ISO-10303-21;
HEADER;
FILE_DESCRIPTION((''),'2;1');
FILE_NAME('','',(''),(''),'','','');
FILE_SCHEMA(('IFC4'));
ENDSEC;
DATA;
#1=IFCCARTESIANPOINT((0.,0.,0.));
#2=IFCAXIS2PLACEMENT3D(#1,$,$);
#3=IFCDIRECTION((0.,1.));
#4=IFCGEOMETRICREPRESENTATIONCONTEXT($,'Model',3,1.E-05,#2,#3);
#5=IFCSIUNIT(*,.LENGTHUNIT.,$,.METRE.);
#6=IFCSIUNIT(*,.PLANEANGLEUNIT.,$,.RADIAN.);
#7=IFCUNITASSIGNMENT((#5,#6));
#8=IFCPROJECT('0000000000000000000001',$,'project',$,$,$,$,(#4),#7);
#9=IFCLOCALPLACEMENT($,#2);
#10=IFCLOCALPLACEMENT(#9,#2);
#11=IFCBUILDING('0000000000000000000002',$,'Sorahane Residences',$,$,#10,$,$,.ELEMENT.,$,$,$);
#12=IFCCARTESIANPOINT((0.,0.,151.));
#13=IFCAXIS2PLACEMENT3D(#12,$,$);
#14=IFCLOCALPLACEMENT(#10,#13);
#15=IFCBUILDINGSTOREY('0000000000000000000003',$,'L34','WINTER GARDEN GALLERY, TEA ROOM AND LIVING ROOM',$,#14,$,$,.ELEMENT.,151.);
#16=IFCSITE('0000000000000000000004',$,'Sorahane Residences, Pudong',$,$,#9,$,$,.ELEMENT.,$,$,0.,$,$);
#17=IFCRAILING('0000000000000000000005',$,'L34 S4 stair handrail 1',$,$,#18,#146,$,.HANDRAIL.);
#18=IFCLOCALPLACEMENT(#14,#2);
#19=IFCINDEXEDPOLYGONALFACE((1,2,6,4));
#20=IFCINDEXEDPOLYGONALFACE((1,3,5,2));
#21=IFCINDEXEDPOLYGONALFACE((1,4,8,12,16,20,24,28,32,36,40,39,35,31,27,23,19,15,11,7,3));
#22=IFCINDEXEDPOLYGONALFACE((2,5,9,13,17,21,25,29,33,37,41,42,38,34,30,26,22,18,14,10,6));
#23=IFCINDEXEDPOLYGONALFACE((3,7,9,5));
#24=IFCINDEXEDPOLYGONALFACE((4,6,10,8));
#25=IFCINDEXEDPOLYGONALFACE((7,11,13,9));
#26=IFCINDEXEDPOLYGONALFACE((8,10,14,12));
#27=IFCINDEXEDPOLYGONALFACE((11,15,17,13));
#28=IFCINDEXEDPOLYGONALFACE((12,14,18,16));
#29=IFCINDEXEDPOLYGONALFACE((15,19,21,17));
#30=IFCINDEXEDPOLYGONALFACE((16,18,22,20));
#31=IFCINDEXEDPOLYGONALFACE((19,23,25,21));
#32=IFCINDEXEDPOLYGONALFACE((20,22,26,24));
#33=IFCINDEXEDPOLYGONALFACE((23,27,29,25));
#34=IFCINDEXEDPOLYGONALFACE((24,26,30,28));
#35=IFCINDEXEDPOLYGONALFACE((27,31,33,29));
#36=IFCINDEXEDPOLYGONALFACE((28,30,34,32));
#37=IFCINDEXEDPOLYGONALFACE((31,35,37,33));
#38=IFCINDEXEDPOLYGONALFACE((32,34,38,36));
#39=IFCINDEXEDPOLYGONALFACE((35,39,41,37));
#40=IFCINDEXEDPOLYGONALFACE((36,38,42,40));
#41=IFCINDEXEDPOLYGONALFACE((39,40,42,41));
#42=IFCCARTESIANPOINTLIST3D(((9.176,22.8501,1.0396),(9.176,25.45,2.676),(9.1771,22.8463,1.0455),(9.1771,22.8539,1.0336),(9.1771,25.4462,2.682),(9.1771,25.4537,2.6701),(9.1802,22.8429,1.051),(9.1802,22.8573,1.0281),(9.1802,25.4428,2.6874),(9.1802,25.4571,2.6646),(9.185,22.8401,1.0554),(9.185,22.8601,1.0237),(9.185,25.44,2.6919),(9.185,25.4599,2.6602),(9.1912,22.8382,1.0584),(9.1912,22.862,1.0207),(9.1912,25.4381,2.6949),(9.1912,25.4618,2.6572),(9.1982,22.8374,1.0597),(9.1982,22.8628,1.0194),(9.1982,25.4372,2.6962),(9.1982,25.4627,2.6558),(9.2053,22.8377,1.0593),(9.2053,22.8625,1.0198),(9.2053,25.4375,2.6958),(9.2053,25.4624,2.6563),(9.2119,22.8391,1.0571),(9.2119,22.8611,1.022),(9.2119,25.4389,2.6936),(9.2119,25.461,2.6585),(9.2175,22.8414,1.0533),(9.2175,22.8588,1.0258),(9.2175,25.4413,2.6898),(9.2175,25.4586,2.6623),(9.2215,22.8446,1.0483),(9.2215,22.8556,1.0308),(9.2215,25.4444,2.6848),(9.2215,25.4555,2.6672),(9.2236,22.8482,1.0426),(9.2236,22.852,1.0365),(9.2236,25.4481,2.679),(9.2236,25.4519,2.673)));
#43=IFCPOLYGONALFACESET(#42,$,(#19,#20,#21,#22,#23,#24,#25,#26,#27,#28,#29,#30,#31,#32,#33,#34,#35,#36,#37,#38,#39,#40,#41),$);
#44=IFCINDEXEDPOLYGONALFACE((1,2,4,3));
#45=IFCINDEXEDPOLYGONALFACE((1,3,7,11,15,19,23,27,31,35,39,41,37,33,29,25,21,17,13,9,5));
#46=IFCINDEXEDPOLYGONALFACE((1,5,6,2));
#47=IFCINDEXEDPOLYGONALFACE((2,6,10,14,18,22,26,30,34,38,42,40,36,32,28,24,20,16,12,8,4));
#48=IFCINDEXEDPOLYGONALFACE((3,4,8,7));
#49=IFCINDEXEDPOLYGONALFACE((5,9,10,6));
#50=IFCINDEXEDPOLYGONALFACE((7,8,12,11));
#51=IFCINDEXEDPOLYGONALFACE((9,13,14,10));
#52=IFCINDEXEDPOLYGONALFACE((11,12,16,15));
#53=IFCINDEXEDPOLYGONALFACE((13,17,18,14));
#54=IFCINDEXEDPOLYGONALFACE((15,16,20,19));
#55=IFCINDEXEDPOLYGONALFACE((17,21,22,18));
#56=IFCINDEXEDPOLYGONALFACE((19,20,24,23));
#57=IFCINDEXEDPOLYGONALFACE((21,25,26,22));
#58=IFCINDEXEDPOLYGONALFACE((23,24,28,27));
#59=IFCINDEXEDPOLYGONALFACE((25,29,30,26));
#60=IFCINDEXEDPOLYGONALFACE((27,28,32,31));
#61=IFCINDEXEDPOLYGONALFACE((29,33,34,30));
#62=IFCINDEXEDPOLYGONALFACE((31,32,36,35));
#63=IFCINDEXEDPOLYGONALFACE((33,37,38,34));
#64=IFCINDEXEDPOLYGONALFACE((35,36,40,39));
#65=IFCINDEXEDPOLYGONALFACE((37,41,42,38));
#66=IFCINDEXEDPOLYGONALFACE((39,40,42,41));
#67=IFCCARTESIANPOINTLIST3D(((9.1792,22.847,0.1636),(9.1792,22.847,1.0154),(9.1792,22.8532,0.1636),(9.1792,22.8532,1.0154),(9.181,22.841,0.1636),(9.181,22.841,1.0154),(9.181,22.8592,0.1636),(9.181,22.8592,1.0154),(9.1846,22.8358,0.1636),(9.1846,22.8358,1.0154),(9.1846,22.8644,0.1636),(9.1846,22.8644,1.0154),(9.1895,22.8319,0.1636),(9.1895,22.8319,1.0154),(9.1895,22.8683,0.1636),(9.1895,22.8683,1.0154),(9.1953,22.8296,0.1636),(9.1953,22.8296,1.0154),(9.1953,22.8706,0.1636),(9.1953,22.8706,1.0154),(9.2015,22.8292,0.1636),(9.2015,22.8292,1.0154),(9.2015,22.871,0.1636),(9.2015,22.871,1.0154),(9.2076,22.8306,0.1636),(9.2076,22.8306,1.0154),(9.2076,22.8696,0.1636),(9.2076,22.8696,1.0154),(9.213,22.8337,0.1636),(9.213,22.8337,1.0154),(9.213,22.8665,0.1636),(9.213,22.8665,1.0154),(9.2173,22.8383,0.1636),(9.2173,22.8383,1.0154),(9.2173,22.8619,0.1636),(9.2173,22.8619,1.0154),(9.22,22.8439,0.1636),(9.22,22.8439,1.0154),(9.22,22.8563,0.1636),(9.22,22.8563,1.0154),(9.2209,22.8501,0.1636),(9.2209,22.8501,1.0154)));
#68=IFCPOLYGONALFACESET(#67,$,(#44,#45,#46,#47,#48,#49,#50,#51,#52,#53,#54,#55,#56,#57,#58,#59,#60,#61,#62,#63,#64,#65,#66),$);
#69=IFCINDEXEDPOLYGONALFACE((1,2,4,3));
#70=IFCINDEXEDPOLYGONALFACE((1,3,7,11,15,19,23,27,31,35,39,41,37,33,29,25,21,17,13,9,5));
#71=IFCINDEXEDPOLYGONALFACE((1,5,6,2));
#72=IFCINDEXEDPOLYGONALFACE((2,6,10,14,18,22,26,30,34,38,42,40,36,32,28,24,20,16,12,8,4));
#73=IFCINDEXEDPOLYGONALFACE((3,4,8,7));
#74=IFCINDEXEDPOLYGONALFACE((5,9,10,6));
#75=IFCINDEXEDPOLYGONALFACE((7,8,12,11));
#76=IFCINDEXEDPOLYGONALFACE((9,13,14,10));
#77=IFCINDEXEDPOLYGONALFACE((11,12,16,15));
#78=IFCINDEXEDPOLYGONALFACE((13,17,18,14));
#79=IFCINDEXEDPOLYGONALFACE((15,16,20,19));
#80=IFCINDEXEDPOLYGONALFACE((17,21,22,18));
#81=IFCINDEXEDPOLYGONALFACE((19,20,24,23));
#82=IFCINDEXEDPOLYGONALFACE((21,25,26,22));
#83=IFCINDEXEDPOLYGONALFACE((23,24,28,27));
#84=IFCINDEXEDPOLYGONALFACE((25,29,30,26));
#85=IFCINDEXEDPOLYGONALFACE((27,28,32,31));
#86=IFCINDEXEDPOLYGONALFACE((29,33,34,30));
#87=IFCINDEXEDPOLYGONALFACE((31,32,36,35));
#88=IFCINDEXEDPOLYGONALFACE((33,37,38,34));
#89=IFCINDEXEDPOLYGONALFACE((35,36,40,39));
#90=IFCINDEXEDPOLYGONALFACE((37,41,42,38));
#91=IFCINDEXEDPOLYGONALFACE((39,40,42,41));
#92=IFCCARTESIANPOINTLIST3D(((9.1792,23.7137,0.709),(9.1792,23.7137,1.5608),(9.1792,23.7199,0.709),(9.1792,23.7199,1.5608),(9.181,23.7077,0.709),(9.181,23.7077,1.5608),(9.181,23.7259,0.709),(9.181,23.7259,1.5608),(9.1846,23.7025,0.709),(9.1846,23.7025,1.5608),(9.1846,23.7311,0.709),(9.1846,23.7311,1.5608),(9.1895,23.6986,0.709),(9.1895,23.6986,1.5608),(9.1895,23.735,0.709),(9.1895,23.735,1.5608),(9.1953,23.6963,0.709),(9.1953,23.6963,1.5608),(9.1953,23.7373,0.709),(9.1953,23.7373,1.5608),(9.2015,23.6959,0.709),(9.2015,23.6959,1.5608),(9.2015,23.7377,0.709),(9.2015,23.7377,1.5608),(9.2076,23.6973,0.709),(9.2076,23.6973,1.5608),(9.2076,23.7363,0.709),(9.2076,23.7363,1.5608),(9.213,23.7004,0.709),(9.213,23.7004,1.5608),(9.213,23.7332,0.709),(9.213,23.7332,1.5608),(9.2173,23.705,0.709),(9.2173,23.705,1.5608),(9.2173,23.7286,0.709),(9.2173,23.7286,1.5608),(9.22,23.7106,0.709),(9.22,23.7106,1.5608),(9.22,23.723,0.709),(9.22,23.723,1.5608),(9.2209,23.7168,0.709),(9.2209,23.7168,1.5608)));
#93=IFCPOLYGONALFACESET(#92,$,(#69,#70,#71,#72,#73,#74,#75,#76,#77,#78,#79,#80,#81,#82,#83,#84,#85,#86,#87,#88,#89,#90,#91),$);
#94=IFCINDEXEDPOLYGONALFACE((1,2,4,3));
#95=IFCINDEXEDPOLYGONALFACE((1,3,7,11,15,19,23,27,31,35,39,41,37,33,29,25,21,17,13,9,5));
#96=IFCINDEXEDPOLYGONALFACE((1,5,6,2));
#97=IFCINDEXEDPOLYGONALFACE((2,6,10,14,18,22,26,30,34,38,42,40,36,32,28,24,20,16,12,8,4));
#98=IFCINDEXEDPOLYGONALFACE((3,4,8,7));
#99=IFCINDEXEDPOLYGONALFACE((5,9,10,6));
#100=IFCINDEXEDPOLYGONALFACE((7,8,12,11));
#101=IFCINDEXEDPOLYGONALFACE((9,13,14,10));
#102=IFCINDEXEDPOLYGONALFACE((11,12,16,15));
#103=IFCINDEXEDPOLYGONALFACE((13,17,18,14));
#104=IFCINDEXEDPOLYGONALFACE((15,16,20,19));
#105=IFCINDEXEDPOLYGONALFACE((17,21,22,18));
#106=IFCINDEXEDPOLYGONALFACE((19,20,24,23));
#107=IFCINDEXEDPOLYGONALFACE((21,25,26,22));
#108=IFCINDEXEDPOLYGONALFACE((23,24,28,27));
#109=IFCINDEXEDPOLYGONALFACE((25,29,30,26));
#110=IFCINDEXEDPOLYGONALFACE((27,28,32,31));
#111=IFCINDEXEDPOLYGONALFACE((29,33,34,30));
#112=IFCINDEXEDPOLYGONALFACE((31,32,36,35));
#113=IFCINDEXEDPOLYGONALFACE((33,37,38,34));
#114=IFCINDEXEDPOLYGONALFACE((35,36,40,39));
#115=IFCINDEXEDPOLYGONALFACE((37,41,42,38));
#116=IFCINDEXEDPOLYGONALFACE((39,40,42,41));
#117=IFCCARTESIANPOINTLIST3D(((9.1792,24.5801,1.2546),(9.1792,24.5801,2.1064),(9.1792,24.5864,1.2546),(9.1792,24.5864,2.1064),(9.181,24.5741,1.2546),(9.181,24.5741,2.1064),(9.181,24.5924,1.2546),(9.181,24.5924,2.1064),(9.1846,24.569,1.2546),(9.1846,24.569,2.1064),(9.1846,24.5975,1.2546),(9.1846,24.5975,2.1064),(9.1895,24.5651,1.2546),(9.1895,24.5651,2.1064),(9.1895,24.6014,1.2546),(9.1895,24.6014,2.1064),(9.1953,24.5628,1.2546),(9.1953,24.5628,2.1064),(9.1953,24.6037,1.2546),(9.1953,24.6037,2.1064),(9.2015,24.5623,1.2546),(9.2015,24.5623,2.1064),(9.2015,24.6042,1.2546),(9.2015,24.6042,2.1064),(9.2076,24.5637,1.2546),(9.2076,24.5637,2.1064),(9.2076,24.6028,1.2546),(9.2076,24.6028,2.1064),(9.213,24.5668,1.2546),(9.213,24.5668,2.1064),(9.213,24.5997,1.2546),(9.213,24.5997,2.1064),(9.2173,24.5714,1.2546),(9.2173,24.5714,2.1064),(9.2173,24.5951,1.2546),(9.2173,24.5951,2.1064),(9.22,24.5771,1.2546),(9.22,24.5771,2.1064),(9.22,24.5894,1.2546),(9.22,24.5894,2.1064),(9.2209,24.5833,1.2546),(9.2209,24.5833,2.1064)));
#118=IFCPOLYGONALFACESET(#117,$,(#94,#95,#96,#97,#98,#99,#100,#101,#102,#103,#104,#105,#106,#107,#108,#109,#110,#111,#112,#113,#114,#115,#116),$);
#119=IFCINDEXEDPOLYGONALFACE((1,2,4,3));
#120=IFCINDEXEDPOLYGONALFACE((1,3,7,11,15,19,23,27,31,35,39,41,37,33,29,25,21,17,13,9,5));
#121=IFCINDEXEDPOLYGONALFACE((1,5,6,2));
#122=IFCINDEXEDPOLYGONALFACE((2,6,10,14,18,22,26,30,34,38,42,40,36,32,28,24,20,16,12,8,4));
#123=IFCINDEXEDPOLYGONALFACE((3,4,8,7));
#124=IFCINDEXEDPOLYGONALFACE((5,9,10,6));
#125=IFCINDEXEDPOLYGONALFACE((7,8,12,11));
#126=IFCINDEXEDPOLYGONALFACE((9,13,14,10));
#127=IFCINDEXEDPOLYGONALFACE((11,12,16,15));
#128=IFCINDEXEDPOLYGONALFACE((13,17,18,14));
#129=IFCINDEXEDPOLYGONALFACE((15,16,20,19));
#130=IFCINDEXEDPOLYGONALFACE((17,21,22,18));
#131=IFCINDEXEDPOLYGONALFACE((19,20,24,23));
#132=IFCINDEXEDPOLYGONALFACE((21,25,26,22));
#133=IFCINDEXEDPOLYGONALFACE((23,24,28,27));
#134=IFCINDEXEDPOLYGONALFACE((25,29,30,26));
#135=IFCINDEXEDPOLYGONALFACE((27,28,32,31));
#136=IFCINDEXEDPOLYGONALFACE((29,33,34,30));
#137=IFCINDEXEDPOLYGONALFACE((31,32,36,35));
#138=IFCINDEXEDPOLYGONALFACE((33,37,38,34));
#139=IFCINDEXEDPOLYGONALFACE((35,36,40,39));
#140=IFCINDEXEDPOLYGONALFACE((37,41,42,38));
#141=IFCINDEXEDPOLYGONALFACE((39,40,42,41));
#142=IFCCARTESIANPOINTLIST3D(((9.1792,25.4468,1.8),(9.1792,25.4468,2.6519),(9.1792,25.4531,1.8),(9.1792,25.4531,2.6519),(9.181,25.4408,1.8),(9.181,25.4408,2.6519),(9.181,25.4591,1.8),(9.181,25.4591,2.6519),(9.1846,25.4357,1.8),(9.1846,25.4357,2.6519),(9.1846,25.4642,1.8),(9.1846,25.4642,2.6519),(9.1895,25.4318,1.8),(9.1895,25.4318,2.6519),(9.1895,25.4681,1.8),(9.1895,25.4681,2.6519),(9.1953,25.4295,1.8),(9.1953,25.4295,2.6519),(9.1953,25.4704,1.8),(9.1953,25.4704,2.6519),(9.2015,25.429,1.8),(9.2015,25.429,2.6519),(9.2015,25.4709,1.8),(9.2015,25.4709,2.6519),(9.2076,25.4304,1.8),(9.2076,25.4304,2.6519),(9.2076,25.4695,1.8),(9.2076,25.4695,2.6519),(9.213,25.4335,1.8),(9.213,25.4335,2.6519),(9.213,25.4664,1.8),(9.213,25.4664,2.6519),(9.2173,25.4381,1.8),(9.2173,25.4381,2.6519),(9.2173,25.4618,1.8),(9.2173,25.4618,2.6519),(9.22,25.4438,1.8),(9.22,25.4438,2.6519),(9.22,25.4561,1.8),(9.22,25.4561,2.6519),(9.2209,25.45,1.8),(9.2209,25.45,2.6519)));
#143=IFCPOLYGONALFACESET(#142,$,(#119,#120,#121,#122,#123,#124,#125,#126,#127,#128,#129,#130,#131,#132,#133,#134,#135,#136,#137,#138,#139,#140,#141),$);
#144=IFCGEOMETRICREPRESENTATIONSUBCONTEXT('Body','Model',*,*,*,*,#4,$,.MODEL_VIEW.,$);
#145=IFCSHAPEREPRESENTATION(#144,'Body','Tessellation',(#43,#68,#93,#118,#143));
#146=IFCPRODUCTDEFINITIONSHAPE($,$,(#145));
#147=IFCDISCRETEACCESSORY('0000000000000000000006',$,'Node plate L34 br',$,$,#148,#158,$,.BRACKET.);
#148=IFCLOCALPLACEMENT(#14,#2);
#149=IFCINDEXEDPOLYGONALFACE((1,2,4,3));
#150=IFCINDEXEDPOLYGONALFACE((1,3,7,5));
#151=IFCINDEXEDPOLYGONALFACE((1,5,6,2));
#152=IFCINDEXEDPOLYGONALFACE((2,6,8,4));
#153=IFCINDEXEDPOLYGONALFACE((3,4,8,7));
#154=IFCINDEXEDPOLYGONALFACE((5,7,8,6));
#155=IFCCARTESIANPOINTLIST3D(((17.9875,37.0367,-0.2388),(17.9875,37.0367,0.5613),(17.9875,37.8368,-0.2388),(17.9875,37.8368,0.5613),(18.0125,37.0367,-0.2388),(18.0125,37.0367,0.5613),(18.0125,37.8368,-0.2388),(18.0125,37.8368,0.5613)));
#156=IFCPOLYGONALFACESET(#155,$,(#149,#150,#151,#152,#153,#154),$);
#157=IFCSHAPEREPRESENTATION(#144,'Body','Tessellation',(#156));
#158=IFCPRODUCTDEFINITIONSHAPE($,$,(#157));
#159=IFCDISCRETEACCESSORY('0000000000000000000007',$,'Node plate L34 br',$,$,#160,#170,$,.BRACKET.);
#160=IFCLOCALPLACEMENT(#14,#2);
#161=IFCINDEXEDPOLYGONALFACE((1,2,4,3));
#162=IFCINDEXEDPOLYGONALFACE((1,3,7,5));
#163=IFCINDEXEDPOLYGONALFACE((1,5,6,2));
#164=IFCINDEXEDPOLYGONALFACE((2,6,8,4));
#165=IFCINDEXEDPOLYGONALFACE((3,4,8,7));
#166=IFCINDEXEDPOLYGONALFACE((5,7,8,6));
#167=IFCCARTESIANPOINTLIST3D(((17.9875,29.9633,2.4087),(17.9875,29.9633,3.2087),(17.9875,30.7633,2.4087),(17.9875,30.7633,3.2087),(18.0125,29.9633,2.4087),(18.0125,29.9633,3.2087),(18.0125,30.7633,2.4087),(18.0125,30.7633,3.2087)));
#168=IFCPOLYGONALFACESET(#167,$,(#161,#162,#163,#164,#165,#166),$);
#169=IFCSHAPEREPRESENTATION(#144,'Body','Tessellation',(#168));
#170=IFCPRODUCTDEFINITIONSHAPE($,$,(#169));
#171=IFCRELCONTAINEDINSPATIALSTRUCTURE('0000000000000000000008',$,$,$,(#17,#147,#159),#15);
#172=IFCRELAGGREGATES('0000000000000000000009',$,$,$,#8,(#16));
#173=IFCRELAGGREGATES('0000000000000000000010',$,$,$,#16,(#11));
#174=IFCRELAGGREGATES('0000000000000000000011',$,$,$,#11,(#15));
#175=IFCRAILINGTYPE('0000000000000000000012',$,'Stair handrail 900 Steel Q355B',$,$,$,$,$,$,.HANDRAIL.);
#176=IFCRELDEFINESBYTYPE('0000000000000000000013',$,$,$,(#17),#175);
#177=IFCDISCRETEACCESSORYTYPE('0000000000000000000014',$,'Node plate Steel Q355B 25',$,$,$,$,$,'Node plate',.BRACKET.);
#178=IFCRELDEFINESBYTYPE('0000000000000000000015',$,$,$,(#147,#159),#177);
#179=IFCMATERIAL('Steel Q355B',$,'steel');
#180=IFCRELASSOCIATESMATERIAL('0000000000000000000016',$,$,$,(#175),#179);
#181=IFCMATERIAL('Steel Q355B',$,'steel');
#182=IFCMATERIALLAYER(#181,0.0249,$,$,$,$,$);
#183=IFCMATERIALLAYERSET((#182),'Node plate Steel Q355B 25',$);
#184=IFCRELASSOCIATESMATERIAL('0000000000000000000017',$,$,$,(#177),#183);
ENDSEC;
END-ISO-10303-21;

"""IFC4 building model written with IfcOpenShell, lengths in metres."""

from ifc_helpers import new_model, si_unit, direction, frame, origin, origin_2d, place, context, subcontext, project, spatial, rectangle, circle, extrude, material, layer, layer_set, type_object, element, save


model = new_model("IFC4")

# Units and contexts
model_context = context("Model", 3, precision=1e-05, world=origin(), true_north=direction((0.0, 1.0)))
body_context = subcontext(model_context, "Body", "Model", "MODEL_VIEW")
ifc_project = project(units=[si_unit("LENGTHUNIT", "METRE"), si_unit("PLANEANGLEUNIT", "RADIAN")], contexts=[model_context])

# Site, building, storey
site_placement = place(None, origin())
site = spatial("IfcSite", under=ifc_project, at=site_placement, Name="Sorahane Residences, Pudong", CompositionType="ELEMENT", RefElevation=0.0)
building_placement = place(site_placement, origin())
building = spatial("IfcBuilding", under=site, at=building_placement, Name="Sorahane Residences", CompositionType="ELEMENT")
storey_placement = place(building_placement, frame((0.0, 0.0, 151.0)))
storey = spatial("IfcBuildingStorey", under=building, at=storey_placement, Name="L34", Description="WINTER GARDEN GALLERY, TEA ROOM AND LIVING ROOM", CompositionType="ELEMENT", Elevation=151.0)

# Railing
ifc_material_1 = material(Name="Steel Q355B", Category="steel")
railing_type_1 = type_object("IfcRailingType", Name="Stair handrail 900 Steel Q355B", PredefinedType="HANDRAIL", material=ifc_material_1)
railing_1_placement = place(storey_placement, frame((9.2, 22.8501, 0.1636)))
element("IfcRailing", 1, at=railing_1_placement, inside=storey, type_object=railing_type_1, Name="L34 S4 stair handrail 1", PredefinedType="HANDRAIL", context=body_context, shape_type="SweptSolid", body=[
    extrude(circle(Radius=0.0239, at=origin_2d()), frame((0.0, 0.0, 0.876), z_axis=(0.0, 0.846302, 0.532704), x_axis=(-1.0, 0.0, 0.0)), (0.0, 0.0, 1.0), 3.072),
    extrude(circle(Radius=0.021, at=origin_2d()), origin(), (0.0, 0.0, 1.0), 0.8518),
    extrude(circle(Radius=0.021, at=origin_2d()), frame((0.0, 0.8667, 0.5454)), (0.0, 0.0, 1.0), 0.8518),
    extrude(circle(Radius=0.021, at=origin_2d()), frame((0.0, 1.7332, 1.0911)), (0.0, 0.0, 1.0), 0.8518),
    extrude(circle(Radius=0.021, at=origin_2d()), frame((0.0, 2.5999, 1.6365)), (0.0, 0.0, 1.0), 0.8518),
])

# Discrete accessories
ifc_material_2 = material(Name="Steel Q355B", Category="steel")
ifc_layer_1 = layer(ifc_material_2, 0.0249)
ifc_layer_set_1 = layer_set([ifc_layer_1], Name="Node plate Steel Q355B 25")
discrete_accessory_type = type_object("IfcDiscreteAccessoryType", Name="Node plate Steel Q355B 25", ElementType="Node plate", PredefinedType="BRACKET", material=ifc_layer_set_1)
for number, where, z_axis, x_axis, name in (
    (2, (18.0, 37.4368, -0.2388), (0.0, 0.0, 1.0), (0.0, 1.0, 0.0), "Node plate L34 br"),
    (3, (18.0, 30.3633, 2.4087), (0.0, 0.0, 1.0), (0.0, 1.0, 0.0), "Node plate L34 br"),
):
    element("IfcDiscreteAccessory", number, at=place(storey_placement, frame(where, z_axis=z_axis, x_axis=x_axis)), inside=storey, type_object=discrete_accessory_type, Name=name, PredefinedType="BRACKET", context=body_context, shape_type="SweptSolid", body=[
        extrude(rectangle(XDim=0.8, YDim=0.0249, at=origin_2d()), origin(), (0.0, 0.0, 1.0), 0.8),
    ])

save(model, "model.ifc")
